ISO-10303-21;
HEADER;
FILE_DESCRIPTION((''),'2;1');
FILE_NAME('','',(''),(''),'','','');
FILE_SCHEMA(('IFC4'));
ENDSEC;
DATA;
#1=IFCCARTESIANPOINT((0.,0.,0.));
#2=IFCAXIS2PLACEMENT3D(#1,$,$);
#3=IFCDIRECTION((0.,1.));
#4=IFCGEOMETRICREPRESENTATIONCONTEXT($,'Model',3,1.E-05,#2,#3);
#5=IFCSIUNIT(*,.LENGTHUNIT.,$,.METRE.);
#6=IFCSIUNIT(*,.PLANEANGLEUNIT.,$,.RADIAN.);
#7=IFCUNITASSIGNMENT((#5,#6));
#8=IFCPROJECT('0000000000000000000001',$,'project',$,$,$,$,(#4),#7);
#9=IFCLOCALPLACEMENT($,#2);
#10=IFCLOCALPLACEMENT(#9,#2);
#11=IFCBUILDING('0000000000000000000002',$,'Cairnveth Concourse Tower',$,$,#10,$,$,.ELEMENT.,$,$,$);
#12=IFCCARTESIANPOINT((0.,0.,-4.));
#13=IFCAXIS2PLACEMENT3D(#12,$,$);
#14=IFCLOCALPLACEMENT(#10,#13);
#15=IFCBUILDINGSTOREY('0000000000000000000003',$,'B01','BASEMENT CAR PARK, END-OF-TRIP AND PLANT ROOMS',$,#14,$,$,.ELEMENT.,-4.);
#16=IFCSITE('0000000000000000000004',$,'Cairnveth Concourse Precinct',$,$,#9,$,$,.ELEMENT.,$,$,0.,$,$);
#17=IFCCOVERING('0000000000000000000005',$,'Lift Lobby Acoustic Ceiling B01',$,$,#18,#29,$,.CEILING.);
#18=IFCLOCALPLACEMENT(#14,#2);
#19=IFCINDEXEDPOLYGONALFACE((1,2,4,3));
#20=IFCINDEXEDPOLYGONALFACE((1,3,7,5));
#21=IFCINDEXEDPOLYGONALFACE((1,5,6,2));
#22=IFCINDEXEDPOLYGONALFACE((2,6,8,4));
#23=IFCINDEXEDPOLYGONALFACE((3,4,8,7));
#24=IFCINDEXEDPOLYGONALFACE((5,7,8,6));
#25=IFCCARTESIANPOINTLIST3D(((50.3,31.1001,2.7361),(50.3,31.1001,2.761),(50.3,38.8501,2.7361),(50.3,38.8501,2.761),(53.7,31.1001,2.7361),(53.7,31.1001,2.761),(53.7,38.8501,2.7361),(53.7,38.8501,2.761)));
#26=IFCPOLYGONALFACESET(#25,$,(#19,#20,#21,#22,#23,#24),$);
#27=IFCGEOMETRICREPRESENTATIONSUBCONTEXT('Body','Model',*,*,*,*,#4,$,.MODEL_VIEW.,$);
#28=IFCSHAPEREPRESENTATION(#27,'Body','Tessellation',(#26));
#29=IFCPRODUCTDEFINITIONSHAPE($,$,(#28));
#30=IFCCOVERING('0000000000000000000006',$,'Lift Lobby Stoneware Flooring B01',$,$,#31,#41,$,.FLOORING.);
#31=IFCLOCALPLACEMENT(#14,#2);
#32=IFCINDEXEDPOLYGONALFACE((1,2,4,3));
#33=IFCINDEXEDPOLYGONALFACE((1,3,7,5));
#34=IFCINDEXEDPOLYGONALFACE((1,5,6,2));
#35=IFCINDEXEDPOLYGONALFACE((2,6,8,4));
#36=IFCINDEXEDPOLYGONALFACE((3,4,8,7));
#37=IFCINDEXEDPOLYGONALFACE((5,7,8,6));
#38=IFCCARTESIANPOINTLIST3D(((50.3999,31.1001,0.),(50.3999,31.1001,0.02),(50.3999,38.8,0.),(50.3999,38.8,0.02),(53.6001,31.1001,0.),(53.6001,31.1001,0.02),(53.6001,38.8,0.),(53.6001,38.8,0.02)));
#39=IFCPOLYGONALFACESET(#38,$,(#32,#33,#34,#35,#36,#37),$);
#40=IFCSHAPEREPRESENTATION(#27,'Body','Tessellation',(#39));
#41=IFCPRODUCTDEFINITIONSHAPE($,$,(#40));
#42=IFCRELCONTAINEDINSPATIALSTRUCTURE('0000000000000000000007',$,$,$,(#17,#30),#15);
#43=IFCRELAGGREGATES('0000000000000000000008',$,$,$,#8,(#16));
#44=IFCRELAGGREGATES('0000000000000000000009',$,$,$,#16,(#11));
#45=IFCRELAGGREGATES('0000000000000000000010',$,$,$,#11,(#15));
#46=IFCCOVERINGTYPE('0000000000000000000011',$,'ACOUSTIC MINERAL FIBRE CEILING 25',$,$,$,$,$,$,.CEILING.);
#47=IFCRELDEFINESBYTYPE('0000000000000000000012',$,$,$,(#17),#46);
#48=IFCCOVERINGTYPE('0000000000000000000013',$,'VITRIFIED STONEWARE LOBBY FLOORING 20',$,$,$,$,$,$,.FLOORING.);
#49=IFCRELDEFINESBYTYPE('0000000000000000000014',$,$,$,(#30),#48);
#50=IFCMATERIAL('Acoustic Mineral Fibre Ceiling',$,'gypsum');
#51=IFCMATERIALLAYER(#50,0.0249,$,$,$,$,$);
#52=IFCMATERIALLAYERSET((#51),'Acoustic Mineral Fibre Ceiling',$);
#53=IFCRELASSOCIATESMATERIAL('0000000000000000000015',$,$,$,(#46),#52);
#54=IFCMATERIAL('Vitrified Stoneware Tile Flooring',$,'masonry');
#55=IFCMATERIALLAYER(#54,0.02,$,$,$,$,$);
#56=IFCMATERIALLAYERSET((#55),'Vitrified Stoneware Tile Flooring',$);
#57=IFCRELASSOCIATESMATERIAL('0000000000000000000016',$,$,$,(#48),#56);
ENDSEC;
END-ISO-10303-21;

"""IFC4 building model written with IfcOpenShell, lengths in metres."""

from ifc_helpers import new_model, si_unit, direction, frame, origin, place, context, subcontext, project, spatial, polyline, outline, extrude, material, layer, layer_set, type_object, element, save


model = new_model("IFC4")

# Units and contexts
model_context = context("Model", 3, precision=1e-05, world=origin(), true_north=direction((0.0, 1.0)))
body_context = subcontext(model_context, "Body", "Model", "MODEL_VIEW")
ifc_project = project(units=[si_unit("LENGTHUNIT", "METRE"), si_unit("PLANEANGLEUNIT", "RADIAN")], contexts=[model_context])

# Site, building, storey
site_placement = place(None, origin())
site = spatial("IfcSite", under=ifc_project, at=site_placement, Name="Cairnveth Concourse Precinct", CompositionType="ELEMENT", RefElevation=0.0)
building_placement = place(site_placement, origin())
building = spatial("IfcBuilding", under=site, at=building_placement, Name="Cairnveth Concourse Tower", CompositionType="ELEMENT")
storey_placement = place(building_placement, frame((0.0, 0.0, -4.0)))
storey = spatial("IfcBuildingStorey", under=building, at=storey_placement, Name="B01", Description="BASEMENT CAR PARK, END-OF-TRIP AND PLANT ROOMS", CompositionType="ELEMENT", Elevation=-4.0)

# Covering
ifc_material_1 = material(Name="Acoustic Mineral Fibre Ceiling", Category="gypsum")
ifc_layer_1 = layer(ifc_material_1, 0.0249)
ifc_layer_set_1 = layer_set([ifc_layer_1], Name="Acoustic Mineral Fibre Ceiling")
covering_type_1 = type_object("IfcCoveringType", Name="ACOUSTIC MINERAL FIBRE CEILING 25", PredefinedType="CEILING", material=ifc_layer_set_1)
covering_1_placement = place(storey_placement, frame((0.0, 0.0, 2.7361)))
element("IfcCovering", 1, at=covering_1_placement, inside=storey, type_object=covering_type_1, Name="Lift Lobby Acoustic Ceiling B01", PredefinedType="CEILING", context=body_context, shape_type="SweptSolid", body=[
    extrude(outline(polyline([(50.3, 31.1001), (53.7, 31.1001), (53.7, 38.8501), (50.3, 38.8501), (50.3, 31.1001)])), origin(), (0.0, 0.0, 1.0), 0.0249),
])

# Covering
ifc_material_2 = material(Name="Vitrified Stoneware Tile Flooring", Category="masonry")
ifc_layer_2 = layer(ifc_material_2, 0.02)
ifc_layer_set_2 = layer_set([ifc_layer_2], Name="Vitrified Stoneware Tile Flooring")
covering_type_2 = type_object("IfcCoveringType", Name="VITRIFIED STONEWARE LOBBY FLOORING 20", PredefinedType="FLOORING", material=ifc_layer_set_2)
covering_2_placement = place(storey_placement, origin())
element("IfcCovering", 2, at=covering_2_placement, inside=storey, type_object=covering_type_2, Name="Lift Lobby Stoneware Flooring B01", PredefinedType="FLOORING", context=body_context, shape_type="SweptSolid", body=[
    extrude(outline(polyline([(50.3999, 31.1001), (53.6001, 31.1001), (53.6001, 38.8), (50.3999, 38.8), (50.3999, 31.1001)])), origin(), (0.0, 0.0, 1.0), 0.02),
])

save(model, "model.ifc")
